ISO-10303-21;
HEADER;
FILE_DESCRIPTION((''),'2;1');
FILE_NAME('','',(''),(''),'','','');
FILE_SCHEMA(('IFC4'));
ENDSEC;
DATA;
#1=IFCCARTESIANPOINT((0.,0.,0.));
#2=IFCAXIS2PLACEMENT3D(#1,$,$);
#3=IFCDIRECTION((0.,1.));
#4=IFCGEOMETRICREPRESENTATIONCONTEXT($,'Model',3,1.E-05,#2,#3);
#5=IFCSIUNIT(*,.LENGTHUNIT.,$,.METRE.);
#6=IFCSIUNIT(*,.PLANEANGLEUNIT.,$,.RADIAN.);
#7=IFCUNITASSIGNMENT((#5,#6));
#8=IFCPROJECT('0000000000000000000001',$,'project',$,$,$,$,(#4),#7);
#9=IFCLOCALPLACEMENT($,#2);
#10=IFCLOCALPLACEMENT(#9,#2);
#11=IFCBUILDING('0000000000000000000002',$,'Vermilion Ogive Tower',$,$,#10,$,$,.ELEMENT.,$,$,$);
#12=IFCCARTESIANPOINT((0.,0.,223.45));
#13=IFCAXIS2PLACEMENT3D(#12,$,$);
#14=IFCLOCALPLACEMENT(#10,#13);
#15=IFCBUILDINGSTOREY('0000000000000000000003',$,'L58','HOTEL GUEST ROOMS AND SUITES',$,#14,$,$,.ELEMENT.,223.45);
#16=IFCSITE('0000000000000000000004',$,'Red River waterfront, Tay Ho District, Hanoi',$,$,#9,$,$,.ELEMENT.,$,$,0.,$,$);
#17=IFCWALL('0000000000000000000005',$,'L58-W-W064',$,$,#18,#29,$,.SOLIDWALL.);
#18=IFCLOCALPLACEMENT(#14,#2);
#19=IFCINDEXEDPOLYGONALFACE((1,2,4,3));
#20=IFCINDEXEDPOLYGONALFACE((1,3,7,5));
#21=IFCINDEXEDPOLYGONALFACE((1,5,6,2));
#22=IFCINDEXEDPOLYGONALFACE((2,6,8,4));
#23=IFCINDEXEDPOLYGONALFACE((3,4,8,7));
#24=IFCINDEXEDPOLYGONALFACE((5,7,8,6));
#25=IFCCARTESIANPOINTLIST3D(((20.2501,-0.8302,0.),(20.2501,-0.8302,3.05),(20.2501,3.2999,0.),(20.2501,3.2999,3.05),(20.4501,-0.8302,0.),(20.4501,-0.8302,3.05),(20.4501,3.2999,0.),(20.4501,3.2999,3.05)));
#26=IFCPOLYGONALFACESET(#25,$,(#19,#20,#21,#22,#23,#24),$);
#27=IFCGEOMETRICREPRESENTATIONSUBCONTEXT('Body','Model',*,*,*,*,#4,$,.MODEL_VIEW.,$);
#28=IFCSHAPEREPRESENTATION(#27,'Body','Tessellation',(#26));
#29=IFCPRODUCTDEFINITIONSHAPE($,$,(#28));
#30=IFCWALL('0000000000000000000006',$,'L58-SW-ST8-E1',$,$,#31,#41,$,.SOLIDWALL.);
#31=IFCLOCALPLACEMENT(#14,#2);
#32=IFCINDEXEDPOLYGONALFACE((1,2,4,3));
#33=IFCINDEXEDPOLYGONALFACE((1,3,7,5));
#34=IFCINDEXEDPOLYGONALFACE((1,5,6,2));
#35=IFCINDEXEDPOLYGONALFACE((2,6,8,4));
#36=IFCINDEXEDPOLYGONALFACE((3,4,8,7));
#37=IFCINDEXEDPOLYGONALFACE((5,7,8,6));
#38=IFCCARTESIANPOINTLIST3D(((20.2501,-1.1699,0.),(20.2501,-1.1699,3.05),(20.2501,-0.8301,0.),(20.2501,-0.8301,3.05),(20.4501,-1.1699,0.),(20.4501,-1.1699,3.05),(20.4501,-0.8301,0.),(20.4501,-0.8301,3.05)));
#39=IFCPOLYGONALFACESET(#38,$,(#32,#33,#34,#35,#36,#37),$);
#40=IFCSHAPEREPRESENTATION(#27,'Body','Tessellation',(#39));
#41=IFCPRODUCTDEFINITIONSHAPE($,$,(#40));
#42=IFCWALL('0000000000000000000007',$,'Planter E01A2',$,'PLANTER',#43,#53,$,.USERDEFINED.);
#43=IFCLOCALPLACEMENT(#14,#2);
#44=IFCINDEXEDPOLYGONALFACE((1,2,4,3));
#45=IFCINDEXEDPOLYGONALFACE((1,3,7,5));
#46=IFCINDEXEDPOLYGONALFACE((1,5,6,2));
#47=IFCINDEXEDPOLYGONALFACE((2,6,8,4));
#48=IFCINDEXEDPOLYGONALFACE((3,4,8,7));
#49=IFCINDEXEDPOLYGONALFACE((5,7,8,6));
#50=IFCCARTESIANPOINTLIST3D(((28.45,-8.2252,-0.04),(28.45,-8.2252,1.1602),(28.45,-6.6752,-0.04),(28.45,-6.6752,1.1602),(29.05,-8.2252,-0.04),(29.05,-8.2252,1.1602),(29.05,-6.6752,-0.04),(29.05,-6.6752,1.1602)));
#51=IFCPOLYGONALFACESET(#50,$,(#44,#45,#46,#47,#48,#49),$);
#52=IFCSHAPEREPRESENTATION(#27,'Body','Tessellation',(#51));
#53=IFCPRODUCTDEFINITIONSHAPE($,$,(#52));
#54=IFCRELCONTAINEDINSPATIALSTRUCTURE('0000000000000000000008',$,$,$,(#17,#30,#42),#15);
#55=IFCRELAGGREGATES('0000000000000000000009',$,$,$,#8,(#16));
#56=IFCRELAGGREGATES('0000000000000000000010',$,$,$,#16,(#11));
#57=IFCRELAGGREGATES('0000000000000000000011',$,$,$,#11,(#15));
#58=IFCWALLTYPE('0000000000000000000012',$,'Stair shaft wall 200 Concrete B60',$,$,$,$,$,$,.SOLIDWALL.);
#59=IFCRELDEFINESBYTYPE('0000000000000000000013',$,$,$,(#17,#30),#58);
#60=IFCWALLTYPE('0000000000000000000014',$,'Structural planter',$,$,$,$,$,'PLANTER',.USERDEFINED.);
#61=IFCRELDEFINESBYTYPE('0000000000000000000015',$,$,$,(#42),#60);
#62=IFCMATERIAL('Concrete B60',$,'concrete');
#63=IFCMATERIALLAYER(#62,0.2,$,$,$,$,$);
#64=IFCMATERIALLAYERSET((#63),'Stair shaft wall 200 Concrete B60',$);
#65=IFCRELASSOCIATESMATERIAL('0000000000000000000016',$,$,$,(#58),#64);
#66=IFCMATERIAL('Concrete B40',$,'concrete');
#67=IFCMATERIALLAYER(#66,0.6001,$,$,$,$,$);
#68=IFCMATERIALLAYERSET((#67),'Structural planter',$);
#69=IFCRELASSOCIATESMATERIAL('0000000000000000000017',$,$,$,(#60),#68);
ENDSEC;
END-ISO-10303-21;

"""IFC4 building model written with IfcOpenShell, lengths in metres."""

from ifc_helpers import new_model, si_unit, direction, frame, frame_2d, origin, place, context, subcontext, project, spatial, rectangle, extrude, material, layer, layer_set, type_object, element, save


model = new_model("IFC4")

# Units and contexts
model_context = context("Model", 3, precision=1e-05, world=origin(), true_north=direction((0.0, 1.0)))
body_context = subcontext(model_context, "Body", "Model", "MODEL_VIEW")
ifc_project = project(units=[si_unit("LENGTHUNIT", "METRE"), si_unit("PLANEANGLEUNIT", "RADIAN")], contexts=[model_context])

# Site, building, storey
site_placement = place(None, origin())
site = spatial("IfcSite", under=ifc_project, at=site_placement, Name="Red River waterfront, Tay Ho District, Hanoi", CompositionType="ELEMENT", RefElevation=0.0)
building_placement = place(site_placement, origin())
building = spatial("IfcBuilding", under=site, at=building_placement, Name="Vermilion Ogive Tower", CompositionType="ELEMENT")
storey_placement = place(building_placement, frame((0.0, 0.0, 223.45)))
storey = spatial("IfcBuildingStorey", under=building, at=storey_placement, Name="L58", Description="HOTEL GUEST ROOMS AND SUITES", CompositionType="ELEMENT", Elevation=223.45)

# Walls
ifc_material_1 = material(Name="Concrete B60", Category="concrete")
ifc_layer_1 = layer(ifc_material_1, 0.2)
ifc_layer_set_1 = layer_set([ifc_layer_1], Name="Stair shaft wall 200 Concrete B60")
wall_type_1 = type_object("IfcWallType", Name="Stair shaft wall 200 Concrete B60", PredefinedType="SOLIDWALL", material=ifc_layer_set_1)
wall_1_placement = place(storey_placement, frame((20.3501, -0.8301, 0.0), z_axis=(0.0, 0.0, 1.0), x_axis=(0.0, 1.0, 0.0)))
element("IfcWall", 1, at=wall_1_placement, inside=storey, type_object=wall_type_1, Name="L58-W-W064", PredefinedType="SOLIDWALL", context=body_context, shape_type="SweptSolid", body=[
    extrude(rectangle(XDim=4.1301, YDim=0.2, at=frame_2d((2.0649, 0.0))), origin(), (0.0, 0.0, 1.0), 3.05),
])
wall_2_placement = place(storey_placement, frame((20.3501, -1.1699, 0.0), z_axis=(0.0, 0.0, 1.0), x_axis=(0.0, 1.0, 0.0)))
element("IfcWall", 2, at=wall_2_placement, inside=storey, type_object=wall_type_1, Name="L58-SW-ST8-E1", PredefinedType="SOLIDWALL", context=body_context, shape_type="SweptSolid", body=[
    extrude(rectangle(XDim=0.3398, YDim=0.2, at=frame_2d((0.1699, 0.0))), origin(), (0.0, 0.0, 1.0), 3.05),
])
ifc_material_2 = material(Name="Concrete B40", Category="concrete")
ifc_layer_2 = layer(ifc_material_2, 0.6001)
ifc_layer_set_2 = layer_set([ifc_layer_2], Name="Structural planter")
wall_type_2 = type_object("IfcWallType", Name="Structural planter", ElementType="PLANTER", PredefinedType="USERDEFINED", material=ifc_layer_set_2)
wall_3_placement = place(storey_placement, frame((28.75, -8.2251, -0.04), z_axis=(0.0, 0.0, 1.0), x_axis=(0.0, 1.0, 0.0)))
element("IfcWall", 3, at=wall_3_placement, inside=storey, type_object=wall_type_2, Name="Planter E01A2", ObjectType="PLANTER", PredefinedType="USERDEFINED", context=body_context, shape_type="SweptSolid", body=[
    extrude(rectangle(XDim=1.55, YDim=0.6001, at=frame_2d((0.7749, 0.0))), origin(), (0.0, 0.0, 1.0), 1.2002),
])

save(model, "model.ifc")
